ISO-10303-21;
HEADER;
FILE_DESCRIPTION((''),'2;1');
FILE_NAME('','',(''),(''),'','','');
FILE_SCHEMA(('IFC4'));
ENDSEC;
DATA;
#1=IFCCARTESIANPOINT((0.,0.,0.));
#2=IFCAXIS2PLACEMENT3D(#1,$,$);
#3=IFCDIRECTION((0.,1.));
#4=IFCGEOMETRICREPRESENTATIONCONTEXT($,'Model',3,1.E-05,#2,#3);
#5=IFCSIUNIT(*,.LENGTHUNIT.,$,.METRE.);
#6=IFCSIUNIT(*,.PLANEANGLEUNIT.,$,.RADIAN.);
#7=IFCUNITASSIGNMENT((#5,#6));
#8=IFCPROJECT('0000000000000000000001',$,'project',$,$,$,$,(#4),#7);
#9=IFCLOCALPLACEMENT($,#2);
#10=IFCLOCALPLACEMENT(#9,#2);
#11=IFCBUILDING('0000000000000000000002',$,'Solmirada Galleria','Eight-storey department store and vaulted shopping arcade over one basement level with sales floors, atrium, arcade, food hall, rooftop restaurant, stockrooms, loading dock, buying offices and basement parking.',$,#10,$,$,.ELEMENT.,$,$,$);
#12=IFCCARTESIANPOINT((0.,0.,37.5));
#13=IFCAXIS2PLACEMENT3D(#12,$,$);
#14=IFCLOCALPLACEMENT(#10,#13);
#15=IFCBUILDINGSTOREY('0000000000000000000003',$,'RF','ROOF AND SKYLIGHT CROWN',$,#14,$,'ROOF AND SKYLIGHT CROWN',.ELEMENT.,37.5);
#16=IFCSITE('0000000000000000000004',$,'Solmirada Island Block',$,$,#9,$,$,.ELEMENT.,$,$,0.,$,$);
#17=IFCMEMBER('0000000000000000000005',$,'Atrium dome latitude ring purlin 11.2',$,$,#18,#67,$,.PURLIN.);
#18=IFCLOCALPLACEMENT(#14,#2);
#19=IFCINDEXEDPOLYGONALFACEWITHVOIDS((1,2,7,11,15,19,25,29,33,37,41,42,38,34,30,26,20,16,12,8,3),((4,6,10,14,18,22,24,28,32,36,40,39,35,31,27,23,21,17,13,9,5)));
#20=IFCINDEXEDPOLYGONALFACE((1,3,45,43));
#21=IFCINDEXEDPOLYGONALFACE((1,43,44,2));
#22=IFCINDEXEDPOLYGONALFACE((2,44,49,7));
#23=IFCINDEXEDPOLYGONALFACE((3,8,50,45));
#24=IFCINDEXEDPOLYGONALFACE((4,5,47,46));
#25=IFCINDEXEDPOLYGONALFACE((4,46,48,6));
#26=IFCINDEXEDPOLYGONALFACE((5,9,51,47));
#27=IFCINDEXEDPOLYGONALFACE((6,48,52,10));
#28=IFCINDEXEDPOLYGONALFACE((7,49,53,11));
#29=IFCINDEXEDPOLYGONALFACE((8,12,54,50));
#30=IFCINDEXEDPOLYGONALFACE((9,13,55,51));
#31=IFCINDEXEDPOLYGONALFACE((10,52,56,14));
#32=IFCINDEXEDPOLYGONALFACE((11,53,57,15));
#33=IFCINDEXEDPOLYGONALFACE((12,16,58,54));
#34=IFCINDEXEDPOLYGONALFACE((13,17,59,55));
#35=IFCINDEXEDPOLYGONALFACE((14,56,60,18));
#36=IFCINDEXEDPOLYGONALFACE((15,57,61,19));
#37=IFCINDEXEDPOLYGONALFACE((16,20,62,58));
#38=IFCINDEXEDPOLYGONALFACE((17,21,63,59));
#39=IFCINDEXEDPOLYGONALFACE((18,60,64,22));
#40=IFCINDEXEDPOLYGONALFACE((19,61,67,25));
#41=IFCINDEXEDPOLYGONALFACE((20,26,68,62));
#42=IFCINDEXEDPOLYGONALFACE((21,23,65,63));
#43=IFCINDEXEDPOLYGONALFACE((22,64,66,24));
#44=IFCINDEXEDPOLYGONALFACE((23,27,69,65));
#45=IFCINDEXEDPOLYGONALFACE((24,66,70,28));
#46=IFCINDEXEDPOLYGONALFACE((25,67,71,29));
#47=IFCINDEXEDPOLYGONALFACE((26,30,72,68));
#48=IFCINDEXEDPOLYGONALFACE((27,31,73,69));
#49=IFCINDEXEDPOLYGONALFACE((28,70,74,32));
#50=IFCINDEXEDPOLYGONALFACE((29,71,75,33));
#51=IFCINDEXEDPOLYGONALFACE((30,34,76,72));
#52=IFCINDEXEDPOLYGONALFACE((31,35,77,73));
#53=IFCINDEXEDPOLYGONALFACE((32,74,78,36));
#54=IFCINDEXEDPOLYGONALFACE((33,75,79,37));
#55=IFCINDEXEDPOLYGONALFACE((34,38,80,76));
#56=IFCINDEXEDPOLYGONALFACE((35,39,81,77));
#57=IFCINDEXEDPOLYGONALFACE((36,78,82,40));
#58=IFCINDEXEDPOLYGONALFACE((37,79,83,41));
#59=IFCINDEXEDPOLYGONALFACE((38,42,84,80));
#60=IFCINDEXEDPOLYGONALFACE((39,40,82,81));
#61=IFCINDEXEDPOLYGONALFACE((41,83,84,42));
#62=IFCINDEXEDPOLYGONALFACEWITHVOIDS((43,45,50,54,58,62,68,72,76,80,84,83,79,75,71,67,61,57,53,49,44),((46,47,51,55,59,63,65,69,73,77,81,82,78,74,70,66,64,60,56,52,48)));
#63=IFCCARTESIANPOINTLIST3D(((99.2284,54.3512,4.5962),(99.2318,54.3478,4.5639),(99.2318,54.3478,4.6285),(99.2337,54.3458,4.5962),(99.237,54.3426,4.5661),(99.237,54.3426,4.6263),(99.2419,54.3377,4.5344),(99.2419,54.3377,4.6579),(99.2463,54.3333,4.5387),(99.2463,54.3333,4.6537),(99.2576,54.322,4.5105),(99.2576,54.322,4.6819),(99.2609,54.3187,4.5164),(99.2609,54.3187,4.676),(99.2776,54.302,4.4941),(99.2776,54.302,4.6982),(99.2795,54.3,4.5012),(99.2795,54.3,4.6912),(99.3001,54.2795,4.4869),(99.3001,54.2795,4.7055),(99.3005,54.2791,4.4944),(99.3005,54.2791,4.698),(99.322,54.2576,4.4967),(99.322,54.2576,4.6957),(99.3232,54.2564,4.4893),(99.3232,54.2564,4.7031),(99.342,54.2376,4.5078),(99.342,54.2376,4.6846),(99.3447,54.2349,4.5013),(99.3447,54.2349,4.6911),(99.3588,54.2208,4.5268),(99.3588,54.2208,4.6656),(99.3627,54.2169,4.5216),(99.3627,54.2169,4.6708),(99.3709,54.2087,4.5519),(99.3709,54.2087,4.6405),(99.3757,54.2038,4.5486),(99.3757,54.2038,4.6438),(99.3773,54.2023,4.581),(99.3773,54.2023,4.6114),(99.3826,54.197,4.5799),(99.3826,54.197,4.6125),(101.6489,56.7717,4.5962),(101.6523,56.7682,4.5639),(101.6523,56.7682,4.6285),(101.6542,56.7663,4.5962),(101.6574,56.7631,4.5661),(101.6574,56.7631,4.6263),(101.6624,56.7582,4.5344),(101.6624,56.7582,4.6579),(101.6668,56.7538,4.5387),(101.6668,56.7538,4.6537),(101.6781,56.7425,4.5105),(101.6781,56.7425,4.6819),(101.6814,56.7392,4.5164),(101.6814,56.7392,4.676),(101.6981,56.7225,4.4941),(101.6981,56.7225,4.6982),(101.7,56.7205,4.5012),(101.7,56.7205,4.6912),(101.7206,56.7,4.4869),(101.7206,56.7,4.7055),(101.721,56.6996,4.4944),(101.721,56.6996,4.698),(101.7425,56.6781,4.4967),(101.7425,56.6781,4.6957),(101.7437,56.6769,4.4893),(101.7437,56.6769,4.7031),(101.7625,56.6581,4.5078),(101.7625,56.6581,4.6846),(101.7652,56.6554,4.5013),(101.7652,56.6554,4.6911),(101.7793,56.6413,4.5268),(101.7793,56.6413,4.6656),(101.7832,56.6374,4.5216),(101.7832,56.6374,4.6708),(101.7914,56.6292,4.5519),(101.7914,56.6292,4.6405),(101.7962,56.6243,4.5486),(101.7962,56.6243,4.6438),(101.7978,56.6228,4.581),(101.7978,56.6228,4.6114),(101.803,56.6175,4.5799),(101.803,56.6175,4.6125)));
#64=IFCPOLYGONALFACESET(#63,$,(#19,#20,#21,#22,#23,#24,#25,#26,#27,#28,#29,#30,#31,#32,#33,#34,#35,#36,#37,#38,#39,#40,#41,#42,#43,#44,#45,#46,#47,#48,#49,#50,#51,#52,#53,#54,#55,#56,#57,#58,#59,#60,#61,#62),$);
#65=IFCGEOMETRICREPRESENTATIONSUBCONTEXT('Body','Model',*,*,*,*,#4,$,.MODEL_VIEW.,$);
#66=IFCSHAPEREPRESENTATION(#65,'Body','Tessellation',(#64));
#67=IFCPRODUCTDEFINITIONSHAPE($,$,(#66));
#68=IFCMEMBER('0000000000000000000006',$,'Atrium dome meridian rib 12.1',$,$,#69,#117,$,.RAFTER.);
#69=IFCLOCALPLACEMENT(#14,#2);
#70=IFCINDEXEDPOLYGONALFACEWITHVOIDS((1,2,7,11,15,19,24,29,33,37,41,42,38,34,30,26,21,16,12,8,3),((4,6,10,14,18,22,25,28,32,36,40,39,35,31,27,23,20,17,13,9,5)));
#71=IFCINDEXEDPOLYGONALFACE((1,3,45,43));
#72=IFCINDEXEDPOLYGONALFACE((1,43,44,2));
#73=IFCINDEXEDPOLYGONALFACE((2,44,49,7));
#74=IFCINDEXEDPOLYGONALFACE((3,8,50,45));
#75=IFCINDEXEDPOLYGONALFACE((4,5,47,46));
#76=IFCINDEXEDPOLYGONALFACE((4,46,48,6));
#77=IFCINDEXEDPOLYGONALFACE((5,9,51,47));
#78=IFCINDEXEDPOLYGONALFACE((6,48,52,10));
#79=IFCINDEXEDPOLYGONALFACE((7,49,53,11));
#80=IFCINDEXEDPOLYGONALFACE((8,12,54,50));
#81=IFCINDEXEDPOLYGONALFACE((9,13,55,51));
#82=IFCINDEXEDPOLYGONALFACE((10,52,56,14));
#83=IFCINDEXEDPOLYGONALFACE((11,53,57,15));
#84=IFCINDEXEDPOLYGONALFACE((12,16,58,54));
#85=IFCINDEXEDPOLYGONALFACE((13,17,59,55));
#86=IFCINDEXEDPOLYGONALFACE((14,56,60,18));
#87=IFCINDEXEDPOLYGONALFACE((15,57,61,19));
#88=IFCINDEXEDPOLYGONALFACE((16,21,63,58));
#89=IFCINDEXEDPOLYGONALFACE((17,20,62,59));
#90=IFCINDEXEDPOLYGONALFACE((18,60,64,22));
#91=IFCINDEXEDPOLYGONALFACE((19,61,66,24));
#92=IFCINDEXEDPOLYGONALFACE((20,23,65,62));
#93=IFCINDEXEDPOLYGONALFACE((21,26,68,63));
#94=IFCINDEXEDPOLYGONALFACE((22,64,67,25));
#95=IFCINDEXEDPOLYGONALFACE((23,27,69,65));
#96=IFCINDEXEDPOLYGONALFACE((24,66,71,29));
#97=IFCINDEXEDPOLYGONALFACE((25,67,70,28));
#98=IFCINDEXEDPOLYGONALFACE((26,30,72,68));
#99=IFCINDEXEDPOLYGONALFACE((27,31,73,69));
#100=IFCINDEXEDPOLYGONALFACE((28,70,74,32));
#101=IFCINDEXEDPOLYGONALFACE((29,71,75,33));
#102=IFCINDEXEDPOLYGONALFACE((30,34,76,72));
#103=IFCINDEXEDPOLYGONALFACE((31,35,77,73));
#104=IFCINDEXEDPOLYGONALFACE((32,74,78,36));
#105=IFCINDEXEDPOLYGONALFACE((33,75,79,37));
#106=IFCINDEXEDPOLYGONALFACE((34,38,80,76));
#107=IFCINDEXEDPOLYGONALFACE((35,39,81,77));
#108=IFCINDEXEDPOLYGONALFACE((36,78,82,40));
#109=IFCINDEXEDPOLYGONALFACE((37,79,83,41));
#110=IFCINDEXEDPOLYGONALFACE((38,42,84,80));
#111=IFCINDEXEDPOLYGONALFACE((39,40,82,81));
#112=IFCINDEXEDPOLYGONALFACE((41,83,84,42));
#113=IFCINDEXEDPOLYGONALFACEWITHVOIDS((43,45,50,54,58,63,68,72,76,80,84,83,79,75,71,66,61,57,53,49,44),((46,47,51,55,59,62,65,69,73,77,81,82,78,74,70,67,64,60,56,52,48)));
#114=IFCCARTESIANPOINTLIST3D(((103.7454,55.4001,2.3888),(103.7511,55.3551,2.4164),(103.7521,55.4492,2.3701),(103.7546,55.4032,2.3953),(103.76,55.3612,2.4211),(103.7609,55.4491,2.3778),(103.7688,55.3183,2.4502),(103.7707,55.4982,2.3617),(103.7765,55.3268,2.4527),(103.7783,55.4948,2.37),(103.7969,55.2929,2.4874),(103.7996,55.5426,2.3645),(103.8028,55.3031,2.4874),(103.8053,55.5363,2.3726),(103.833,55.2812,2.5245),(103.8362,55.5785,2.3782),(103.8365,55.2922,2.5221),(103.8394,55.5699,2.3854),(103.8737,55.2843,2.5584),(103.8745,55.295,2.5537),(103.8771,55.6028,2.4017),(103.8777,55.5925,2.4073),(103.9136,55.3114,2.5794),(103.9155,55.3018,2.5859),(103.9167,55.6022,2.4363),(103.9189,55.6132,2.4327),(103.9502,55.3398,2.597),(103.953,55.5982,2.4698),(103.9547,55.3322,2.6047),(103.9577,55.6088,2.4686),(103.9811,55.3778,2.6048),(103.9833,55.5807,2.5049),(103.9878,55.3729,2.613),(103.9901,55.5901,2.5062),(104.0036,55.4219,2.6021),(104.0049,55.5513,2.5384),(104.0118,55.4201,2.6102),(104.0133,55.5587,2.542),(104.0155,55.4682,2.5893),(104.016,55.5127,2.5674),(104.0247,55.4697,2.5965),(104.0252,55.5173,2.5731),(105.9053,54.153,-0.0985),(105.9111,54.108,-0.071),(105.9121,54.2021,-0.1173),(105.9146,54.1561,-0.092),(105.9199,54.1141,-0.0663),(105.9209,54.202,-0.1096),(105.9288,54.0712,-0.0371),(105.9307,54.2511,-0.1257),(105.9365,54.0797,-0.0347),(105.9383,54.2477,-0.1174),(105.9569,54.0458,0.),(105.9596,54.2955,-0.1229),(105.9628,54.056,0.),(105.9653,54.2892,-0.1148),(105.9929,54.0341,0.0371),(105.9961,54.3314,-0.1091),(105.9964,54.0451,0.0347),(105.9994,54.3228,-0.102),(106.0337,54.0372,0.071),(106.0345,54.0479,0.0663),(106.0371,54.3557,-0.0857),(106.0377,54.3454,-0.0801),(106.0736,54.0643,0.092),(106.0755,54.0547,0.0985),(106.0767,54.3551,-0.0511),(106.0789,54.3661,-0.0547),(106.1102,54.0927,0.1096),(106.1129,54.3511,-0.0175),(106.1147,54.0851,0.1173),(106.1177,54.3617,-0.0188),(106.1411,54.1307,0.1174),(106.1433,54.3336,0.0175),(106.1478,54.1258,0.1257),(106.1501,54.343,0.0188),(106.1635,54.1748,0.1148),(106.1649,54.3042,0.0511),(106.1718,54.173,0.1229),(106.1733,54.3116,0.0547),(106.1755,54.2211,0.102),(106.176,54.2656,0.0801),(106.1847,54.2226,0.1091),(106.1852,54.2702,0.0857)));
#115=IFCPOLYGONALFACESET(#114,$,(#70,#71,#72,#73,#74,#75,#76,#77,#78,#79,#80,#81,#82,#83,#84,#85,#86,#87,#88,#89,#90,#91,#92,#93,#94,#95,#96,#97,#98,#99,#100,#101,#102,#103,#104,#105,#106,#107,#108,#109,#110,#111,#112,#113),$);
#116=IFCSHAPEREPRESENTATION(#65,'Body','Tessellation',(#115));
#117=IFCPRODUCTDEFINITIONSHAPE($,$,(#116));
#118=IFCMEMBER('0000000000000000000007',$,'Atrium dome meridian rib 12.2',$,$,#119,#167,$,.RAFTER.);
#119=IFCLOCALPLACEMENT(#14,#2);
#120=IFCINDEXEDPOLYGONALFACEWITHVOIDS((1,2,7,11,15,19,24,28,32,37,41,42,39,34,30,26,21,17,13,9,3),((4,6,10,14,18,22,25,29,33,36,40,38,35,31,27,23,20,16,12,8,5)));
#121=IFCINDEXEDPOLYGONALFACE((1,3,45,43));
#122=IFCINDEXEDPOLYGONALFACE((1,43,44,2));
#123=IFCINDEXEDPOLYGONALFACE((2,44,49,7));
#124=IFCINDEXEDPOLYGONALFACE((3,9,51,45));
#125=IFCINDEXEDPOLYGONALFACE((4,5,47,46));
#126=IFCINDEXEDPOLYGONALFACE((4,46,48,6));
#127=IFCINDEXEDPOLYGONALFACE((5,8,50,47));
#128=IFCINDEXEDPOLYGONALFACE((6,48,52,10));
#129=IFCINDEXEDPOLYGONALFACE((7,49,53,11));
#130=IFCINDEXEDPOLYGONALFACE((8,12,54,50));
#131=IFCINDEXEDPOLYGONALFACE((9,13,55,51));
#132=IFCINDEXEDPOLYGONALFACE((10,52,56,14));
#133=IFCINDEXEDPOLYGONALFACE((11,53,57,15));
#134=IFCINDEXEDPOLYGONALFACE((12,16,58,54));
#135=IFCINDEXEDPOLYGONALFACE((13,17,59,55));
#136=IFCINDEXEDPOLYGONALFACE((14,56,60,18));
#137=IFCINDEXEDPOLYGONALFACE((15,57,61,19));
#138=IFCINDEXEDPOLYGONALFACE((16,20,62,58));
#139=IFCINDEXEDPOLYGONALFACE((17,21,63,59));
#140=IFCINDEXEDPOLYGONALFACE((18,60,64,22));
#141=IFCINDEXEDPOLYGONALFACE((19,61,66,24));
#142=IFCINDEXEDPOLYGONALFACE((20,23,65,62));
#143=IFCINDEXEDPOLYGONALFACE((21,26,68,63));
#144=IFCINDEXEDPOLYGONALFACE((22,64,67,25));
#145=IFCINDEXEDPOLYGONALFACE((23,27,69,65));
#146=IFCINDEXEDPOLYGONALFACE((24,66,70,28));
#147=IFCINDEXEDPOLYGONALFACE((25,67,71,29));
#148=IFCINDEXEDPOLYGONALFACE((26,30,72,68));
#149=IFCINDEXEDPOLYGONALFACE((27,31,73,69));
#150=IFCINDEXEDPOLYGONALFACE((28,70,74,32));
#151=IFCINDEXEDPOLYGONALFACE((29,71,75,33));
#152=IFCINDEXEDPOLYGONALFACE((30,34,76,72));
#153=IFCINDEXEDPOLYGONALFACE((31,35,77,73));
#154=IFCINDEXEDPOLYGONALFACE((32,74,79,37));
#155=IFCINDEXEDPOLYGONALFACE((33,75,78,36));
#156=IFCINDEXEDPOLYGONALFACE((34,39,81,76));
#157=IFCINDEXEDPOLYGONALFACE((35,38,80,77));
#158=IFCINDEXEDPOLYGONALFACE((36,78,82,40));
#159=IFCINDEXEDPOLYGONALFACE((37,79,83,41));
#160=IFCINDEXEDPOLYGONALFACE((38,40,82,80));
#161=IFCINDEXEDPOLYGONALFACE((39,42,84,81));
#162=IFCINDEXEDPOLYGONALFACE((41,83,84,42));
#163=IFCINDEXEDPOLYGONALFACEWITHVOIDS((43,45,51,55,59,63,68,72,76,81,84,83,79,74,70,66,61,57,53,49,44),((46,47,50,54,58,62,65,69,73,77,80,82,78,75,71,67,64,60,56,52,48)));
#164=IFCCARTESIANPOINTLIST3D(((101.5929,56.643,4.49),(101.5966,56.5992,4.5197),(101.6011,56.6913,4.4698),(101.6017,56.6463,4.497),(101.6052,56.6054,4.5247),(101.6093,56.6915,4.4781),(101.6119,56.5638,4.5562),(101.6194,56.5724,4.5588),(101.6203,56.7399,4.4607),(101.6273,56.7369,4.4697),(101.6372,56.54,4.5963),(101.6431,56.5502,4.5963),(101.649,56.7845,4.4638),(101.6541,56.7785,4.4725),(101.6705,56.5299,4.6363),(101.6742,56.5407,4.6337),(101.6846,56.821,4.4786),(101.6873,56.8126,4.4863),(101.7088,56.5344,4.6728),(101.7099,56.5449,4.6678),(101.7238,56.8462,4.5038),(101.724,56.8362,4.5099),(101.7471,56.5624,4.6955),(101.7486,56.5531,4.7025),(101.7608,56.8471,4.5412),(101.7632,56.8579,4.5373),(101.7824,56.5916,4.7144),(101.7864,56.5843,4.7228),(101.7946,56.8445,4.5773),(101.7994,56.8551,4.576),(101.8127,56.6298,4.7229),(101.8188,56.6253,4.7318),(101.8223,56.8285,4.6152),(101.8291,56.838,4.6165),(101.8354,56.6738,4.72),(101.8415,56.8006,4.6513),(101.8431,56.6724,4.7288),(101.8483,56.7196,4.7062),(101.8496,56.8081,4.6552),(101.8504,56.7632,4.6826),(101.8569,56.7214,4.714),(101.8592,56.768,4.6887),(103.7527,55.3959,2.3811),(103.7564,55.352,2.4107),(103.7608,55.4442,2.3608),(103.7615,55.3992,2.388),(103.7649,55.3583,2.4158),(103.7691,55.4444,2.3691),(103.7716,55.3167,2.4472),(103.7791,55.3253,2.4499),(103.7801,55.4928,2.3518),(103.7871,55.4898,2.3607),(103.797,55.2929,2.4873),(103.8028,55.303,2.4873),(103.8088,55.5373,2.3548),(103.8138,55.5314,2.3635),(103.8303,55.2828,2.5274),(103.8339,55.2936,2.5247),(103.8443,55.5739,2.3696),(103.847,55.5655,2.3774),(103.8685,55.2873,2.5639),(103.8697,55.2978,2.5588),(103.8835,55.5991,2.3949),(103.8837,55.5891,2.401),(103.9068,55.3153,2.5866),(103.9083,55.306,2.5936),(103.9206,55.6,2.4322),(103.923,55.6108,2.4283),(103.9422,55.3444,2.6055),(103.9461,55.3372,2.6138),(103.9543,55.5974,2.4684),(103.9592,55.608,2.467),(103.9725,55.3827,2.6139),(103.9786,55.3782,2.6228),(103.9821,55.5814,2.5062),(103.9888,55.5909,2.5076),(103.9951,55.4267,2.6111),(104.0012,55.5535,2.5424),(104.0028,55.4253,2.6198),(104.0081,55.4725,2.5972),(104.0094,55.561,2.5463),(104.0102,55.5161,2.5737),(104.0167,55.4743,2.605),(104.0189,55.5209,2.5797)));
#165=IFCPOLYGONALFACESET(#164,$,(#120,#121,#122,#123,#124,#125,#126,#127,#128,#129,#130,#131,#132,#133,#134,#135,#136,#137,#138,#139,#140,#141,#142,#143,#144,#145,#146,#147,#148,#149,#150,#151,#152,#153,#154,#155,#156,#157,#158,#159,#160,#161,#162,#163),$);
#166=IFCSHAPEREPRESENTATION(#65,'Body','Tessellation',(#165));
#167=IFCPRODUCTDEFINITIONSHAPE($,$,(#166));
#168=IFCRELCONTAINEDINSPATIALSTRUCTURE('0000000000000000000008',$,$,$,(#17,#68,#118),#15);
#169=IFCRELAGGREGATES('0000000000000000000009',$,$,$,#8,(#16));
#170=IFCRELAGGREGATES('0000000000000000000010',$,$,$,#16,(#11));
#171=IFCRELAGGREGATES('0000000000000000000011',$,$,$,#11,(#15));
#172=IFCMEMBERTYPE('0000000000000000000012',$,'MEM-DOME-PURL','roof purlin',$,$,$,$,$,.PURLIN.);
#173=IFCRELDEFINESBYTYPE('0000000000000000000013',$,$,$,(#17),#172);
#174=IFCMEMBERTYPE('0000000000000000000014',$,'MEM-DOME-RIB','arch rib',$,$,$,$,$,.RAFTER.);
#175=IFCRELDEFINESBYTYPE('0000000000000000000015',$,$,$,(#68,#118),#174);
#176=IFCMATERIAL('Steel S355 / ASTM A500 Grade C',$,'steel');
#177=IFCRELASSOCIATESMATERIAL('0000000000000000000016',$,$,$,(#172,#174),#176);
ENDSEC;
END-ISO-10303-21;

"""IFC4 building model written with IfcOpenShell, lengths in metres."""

from ifc_helpers import new_model, si_unit, direction, frame, origin, origin_2d, place, context, subcontext, project, spatial, hollow_circle, extrude, material, material_profile, profile_set, type_object, element, save


model = new_model("IFC4")

# Units and contexts
model_context = context("Model", 3, precision=1e-05, world=origin(), true_north=direction((0.0, 1.0)))
body_context = subcontext(model_context, "Body", "Model", "MODEL_VIEW")
ifc_project = project(units=[si_unit("LENGTHUNIT", "METRE"), si_unit("PLANEANGLEUNIT", "RADIAN")], contexts=[model_context])

# Site, building, storey
site_placement = place(None, origin())
site = spatial("IfcSite", under=ifc_project, at=site_placement, Name="Solmirada Island Block", CompositionType="ELEMENT", RefElevation=0.0)
building_placement = place(site_placement, origin())
building = spatial("IfcBuilding", under=site, at=building_placement, Name="Solmirada Galleria", Description="Eight-storey department store and vaulted shopping arcade over one basement level with sales floors, atrium, arcade, food hall, rooftop restaurant, stockrooms, loading dock, buying offices and basement parking.", CompositionType="ELEMENT")
storey_placement = place(building_placement, frame((0.0, 0.0, 37.5)))
storey = spatial("IfcBuildingStorey", under=building, at=storey_placement, Name="RF", Description="ROOF AND SKYLIGHT CROWN", LongName="ROOF AND SKYLIGHT CROWN", CompositionType="ELEMENT", Elevation=37.5)

# Members
ifc_material_1 = material(Name="Steel S355 / ASTM A500 Grade C", Category="steel")
ifc_material_profile_1 = material_profile(ifc_material_1, hollow_circle(Radius=0.1096, WallThickness=0.0076, at=origin_2d()), Name="HSS8.625X0.322")
ifc_profile_set_1 = profile_set([ifc_material_profile_1], Name="Steel S355 / ASTM A500 Grade C")
member_type_1 = type_object("IfcMemberType", Name="MEM-DOME-PURL", Description="roof purlin", PredefinedType="PURLIN", material=ifc_profile_set_1)
member_1_placement = place(storey_placement, frame((99.3059, 54.2737, 4.5962), z_axis=(0.707107, 0.707107, 0.0), x_axis=(-0.707107, 0.707107, 0.0)))
element("IfcMember", 1, at=member_1_placement, inside=storey, type_object=member_type_1, Name="Atrium dome latitude ring purlin 11.2", PredefinedType="PURLIN", context=body_context, shape_type="SweptSolid", body=[
    extrude(hollow_circle(Radius=0.1096, WallThickness=0.0076, at=origin_2d()), origin(), (0.0, 0.0, 1.0), 3.4231),
])
ifc_material_profile_2 = material_profile(ifc_material_1, hollow_circle(Radius=0.178, WallThickness=0.0117, at=origin_2d()), Name="HSS14.000X0.500")
ifc_profile_set_2 = profile_set([ifc_material_profile_2], Name="Steel S355 / ASTM A500 Grade C")
member_type_2 = type_object("IfcMemberType", Name="MEM-DOME-RIB", Description="arch rib", PredefinedType="RAFTER", material=ifc_profile_set_2)
member_2_placement = place(storey_placement, frame((106.0459, 54.2, 0.0), z_axis=(-0.613199, 0.354043, 0.706145), x_axis=(-0.500013, -0.866018, 0.0)))
element("IfcMember", 2, at=member_2_placement, inside=storey, type_object=member_type_2, Name="Atrium dome meridian rib 12.1", PredefinedType="RAFTER", context=body_context, shape_type="SweptSolid", body=[
    extrude(hollow_circle(Radius=0.178, WallThickness=0.0117, at=origin_2d()), origin(), (0.0, 0.0, 1.0), 3.5225),
])
member_3_placement = place(storey_placement, frame((103.886, 55.447, 2.4873), z_axis=(-0.661258, 0.381834, 0.645709), x_axis=(-0.500056, -0.865993, 0.0)))
element("IfcMember", 3, at=member_3_placement, inside=storey, type_object=member_type_2, Name="Atrium dome meridian rib 12.2", PredefinedType="RAFTER", context=body_context, shape_type="SweptSolid", body=[
    extrude(hollow_circle(Radius=0.178, WallThickness=0.0117, at=origin_2d()), origin(), (0.0, 0.0, 1.0), 3.2661),
])

save(model, "model.ifc")
